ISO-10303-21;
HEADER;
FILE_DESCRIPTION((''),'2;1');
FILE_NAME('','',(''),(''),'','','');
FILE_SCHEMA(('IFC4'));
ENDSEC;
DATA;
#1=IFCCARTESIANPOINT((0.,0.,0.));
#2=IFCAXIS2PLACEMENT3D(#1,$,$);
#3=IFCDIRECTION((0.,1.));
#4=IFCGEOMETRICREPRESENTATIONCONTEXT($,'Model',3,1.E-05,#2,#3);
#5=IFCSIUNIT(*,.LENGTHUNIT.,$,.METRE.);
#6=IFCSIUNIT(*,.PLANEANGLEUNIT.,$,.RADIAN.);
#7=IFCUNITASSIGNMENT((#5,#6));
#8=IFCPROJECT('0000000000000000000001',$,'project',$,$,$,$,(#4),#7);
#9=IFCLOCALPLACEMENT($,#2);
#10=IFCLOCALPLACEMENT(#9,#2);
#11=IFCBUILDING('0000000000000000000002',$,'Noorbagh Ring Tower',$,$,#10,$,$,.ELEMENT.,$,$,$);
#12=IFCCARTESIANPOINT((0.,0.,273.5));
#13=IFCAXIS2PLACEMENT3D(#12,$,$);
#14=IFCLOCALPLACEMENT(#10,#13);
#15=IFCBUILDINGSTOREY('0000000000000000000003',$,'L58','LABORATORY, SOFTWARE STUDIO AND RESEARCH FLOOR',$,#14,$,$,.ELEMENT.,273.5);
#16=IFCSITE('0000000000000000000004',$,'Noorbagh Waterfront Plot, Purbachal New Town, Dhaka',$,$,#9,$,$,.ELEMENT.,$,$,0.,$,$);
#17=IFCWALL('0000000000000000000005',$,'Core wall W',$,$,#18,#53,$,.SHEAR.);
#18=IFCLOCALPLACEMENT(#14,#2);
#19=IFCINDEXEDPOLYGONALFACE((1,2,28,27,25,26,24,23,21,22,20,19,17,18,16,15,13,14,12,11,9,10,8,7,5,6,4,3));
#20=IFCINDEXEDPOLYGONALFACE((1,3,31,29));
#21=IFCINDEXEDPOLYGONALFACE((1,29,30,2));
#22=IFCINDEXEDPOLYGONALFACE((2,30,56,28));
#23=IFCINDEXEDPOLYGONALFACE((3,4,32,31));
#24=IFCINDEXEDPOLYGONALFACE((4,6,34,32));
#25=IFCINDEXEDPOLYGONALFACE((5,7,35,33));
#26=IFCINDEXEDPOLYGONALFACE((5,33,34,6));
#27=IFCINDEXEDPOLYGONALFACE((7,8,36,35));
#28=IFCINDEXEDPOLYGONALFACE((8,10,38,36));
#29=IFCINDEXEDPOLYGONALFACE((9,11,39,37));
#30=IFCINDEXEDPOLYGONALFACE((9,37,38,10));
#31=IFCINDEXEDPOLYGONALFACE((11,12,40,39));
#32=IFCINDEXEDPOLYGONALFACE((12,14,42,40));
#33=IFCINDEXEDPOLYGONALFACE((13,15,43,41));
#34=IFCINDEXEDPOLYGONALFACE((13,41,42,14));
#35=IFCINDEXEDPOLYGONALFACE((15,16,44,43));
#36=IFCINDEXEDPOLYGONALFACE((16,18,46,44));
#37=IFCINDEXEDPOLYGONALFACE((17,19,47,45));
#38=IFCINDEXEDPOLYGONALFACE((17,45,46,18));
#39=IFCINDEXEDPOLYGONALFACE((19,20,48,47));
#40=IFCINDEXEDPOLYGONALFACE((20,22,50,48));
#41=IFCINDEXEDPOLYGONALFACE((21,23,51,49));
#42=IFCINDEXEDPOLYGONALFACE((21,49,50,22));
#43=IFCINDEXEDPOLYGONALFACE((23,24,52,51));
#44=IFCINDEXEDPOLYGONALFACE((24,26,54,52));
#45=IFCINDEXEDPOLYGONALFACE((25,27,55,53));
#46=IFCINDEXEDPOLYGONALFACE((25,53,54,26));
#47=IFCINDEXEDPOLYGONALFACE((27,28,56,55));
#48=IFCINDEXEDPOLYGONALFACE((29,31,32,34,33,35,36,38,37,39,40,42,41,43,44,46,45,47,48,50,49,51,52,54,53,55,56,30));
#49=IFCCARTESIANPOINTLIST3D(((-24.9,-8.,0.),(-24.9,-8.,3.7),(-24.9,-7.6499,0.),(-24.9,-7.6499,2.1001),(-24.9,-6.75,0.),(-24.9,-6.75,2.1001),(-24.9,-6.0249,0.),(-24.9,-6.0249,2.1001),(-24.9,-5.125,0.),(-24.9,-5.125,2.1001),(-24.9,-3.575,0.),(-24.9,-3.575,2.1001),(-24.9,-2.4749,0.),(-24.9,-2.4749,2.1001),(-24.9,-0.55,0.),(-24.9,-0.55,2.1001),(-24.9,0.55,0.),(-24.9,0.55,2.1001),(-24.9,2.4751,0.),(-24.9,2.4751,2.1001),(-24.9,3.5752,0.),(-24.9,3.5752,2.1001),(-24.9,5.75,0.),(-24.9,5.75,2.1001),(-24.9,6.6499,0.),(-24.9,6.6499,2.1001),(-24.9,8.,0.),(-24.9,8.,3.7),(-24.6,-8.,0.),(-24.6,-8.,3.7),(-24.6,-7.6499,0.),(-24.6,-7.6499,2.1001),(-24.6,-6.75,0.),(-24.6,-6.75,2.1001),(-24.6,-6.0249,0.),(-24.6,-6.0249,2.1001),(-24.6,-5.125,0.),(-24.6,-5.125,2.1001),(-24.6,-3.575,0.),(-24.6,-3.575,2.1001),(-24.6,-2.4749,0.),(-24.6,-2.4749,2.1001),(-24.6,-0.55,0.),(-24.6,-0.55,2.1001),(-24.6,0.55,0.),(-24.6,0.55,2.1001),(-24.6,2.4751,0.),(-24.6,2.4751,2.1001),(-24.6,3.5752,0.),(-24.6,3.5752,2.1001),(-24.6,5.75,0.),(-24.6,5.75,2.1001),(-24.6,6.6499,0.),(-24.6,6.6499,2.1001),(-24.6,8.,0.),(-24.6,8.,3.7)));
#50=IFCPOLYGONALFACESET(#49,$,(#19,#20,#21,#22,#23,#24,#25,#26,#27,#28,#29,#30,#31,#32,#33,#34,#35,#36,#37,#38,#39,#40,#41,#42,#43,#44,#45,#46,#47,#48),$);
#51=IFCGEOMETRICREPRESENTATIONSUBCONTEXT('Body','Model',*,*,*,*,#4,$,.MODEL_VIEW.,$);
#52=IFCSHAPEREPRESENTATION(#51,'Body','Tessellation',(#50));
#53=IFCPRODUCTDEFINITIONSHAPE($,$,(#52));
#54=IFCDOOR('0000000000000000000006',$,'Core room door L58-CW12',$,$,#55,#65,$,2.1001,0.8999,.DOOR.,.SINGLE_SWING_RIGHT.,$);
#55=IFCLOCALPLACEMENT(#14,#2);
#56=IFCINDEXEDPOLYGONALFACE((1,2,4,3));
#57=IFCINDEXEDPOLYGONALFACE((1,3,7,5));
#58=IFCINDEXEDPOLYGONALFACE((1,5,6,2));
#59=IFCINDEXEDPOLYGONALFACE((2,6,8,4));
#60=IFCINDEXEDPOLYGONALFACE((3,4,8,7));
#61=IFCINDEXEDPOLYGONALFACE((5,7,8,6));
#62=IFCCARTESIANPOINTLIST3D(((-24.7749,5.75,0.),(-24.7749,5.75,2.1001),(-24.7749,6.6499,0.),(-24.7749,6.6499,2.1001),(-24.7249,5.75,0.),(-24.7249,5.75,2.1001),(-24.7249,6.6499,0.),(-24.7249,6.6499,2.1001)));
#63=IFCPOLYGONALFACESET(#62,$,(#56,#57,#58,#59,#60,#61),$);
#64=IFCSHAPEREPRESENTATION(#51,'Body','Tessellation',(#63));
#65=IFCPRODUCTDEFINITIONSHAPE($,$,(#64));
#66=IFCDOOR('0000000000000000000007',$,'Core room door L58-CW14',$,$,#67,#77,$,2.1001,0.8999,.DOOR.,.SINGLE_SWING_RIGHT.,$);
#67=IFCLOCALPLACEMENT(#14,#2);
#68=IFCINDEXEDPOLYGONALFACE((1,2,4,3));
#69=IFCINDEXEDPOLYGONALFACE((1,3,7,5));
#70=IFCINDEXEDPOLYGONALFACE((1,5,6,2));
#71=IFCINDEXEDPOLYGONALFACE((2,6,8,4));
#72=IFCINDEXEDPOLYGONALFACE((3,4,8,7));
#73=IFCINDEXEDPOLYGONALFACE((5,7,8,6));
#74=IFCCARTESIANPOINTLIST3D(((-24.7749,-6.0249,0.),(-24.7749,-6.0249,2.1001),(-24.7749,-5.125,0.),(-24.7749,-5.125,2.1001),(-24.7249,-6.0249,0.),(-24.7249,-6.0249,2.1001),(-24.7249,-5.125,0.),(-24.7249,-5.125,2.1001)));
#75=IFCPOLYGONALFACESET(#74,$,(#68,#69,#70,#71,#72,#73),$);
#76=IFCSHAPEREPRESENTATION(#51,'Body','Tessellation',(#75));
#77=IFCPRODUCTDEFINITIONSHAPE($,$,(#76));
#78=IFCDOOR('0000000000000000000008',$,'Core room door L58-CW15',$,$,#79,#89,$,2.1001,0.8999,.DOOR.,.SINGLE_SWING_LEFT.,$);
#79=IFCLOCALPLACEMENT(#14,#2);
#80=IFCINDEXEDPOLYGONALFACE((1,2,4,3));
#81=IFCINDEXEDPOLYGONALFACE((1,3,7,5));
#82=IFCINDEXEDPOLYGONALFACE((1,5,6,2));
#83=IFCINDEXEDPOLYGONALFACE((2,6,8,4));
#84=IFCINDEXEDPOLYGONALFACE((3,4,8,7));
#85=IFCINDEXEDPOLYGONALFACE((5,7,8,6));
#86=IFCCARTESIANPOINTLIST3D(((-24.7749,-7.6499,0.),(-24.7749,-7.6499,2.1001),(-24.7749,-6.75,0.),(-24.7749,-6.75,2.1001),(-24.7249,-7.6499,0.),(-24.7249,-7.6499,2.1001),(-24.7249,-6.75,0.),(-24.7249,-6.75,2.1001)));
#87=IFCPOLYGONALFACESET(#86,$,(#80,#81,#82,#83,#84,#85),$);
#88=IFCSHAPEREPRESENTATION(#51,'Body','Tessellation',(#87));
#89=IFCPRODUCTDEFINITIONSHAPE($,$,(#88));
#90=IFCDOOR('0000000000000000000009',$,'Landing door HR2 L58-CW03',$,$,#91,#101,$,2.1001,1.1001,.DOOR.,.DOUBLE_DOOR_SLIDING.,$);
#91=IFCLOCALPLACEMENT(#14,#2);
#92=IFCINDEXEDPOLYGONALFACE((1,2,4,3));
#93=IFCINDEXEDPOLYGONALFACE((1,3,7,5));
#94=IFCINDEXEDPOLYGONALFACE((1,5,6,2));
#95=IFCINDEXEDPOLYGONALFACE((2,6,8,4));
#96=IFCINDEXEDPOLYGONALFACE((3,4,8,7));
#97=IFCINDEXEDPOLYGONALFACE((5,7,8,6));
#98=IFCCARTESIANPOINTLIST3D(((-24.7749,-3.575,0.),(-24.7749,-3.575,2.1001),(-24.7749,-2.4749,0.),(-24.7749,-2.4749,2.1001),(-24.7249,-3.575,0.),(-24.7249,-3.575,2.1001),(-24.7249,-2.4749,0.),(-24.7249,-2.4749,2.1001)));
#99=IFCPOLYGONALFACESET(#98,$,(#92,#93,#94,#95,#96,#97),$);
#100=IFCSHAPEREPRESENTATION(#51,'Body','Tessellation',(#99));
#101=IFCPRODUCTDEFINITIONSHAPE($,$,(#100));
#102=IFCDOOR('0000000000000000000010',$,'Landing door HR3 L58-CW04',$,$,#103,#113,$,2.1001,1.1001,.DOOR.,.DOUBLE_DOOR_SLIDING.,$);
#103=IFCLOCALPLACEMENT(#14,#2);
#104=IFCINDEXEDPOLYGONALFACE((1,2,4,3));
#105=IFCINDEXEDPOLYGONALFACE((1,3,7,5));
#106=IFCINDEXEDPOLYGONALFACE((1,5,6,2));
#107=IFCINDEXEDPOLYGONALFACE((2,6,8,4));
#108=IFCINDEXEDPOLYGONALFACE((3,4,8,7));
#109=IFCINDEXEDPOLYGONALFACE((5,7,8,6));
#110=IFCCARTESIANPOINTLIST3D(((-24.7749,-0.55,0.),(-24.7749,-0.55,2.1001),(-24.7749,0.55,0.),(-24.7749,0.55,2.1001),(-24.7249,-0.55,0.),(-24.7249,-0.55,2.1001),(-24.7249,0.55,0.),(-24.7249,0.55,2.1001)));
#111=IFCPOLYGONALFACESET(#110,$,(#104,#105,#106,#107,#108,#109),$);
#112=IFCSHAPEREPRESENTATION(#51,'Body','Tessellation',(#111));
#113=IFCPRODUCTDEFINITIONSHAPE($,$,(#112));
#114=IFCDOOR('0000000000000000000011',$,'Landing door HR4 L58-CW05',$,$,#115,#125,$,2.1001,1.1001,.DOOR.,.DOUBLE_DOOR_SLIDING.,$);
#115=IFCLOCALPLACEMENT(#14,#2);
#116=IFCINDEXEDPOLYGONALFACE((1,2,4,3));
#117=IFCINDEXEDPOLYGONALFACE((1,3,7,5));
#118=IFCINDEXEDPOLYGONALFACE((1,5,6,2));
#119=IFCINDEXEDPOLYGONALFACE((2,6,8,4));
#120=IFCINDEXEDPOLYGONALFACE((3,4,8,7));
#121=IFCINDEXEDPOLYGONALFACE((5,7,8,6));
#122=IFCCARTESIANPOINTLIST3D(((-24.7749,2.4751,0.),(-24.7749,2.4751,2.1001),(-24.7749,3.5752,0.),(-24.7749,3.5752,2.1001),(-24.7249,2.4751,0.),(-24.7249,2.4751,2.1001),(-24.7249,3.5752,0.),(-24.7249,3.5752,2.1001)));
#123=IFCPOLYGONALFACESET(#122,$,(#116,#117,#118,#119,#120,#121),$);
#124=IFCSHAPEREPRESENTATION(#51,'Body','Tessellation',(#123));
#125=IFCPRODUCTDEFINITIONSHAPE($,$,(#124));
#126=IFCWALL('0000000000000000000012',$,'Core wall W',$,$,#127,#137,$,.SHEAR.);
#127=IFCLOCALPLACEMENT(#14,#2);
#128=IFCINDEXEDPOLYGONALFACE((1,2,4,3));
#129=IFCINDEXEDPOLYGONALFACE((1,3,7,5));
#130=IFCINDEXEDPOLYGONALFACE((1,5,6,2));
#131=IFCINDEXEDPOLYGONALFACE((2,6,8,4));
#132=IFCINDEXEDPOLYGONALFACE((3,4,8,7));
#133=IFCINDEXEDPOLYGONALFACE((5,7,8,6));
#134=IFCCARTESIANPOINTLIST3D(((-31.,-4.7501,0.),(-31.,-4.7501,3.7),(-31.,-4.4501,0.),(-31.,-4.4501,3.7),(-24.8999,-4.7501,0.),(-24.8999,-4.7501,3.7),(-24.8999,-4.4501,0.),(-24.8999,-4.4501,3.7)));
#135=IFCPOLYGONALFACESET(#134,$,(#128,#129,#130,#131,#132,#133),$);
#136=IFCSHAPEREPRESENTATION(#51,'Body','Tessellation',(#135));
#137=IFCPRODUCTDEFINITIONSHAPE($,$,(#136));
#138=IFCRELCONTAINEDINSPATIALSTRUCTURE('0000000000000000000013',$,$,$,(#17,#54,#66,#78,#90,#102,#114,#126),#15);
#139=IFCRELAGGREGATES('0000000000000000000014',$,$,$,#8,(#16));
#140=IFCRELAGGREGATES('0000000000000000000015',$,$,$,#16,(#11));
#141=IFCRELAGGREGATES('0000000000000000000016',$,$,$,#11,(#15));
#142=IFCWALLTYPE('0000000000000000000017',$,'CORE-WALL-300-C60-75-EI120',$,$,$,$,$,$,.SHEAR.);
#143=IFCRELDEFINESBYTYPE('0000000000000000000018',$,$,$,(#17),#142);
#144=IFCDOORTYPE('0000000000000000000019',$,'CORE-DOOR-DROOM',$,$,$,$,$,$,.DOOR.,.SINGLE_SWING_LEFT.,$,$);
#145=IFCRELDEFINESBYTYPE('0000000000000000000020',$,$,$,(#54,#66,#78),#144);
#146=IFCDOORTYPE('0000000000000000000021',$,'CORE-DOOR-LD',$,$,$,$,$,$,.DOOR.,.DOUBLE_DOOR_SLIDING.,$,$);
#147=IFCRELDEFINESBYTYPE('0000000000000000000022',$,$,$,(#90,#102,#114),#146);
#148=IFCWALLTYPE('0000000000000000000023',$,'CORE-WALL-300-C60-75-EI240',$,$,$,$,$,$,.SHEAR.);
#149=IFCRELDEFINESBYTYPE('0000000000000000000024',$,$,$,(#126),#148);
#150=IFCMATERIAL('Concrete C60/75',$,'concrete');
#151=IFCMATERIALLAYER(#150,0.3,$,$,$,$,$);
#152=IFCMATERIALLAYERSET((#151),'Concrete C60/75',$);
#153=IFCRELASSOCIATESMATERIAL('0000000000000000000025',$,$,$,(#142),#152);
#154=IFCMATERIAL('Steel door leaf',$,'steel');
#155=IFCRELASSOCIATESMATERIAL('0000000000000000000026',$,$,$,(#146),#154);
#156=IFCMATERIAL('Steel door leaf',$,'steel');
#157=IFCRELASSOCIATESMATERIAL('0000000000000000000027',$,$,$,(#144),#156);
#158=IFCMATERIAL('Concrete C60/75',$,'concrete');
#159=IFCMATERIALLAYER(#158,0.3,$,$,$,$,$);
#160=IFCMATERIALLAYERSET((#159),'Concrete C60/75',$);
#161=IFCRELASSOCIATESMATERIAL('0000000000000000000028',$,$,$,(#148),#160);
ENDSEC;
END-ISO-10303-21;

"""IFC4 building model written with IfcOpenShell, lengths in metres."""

from ifc_helpers import new_model, si_unit, direction, frame, frame_2d, origin, place, context, subcontext, project, spatial, rectangle, extrude, material, layer, layer_set, type_object, element, fill, save


model = new_model("IFC4")

# Units and contexts
model_context = context("Model", 3, precision=1e-05, world=origin(), true_north=direction((0.0, 1.0)))
body_context = subcontext(model_context, "Body", "Model", "MODEL_VIEW")
ifc_project = project(units=[si_unit("LENGTHUNIT", "METRE"), si_unit("PLANEANGLEUNIT", "RADIAN")], contexts=[model_context])

# Site, building, storey
site_placement = place(None, origin())
site = spatial("IfcSite", under=ifc_project, at=site_placement, Name="Noorbagh Waterfront Plot, Purbachal New Town, Dhaka", CompositionType="ELEMENT", RefElevation=0.0)
building_placement = place(site_placement, origin())
building = spatial("IfcBuilding", under=site, at=building_placement, Name="Noorbagh Ring Tower", CompositionType="ELEMENT")
storey_placement = place(building_placement, frame((0.0, 0.0, 273.5)))
storey = spatial("IfcBuildingStorey", under=building, at=storey_placement, Name="L58", Description="LABORATORY, SOFTWARE STUDIO AND RESEARCH FLOOR", CompositionType="ELEMENT", Elevation=273.5)

# Wall, openings, doors
ifc_material_1 = material(Name="Concrete C60/75", Category="concrete")
ifc_layer_1 = layer(ifc_material_1, 0.3)
ifc_layer_set_1 = layer_set([ifc_layer_1], Name="Concrete C60/75")
wall_type_1 = type_object("IfcWallType", Name="CORE-WALL-300-C60-75-EI120", PredefinedType="SHEAR", material=ifc_layer_set_1)
ifc_material_2 = material(Name="Steel door leaf", Category="steel")
door_type_1 = type_object("IfcDoorType", Name="CORE-DOOR-LD", OperationType="DOUBLE_DOOR_SLIDING", PredefinedType="DOOR", material=ifc_material_2)
wall_1_placement = place(storey_placement, frame((-24.75, -8.0, 0.0), z_axis=(0.0, 0.0, 1.0), x_axis=(0.0, 1.0, 0.0)))
wall_1 = element("IfcWall", 1, at=wall_1_placement, inside=storey, type_object=wall_type_1, Name="Core wall W", PredefinedType="SHEAR", context=body_context, shape_type="SweptSolid", body=[
    extrude(rectangle(XDim=16.0, YDim=0.3, at=frame_2d((8.0, 0.0))), origin(), (0.0, 0.0, 1.0), 3.7),
])
opening_1_placement = place(wall_1_placement, frame((4.425, 0.0, 0.0)))
opening_1 = element("IfcOpeningElement", 2, at=opening_1_placement, cuts=wall_1, PredefinedType="OPENING", context=body_context, shape_type="SweptSolid", body=[
    extrude(rectangle(XDim=1.1001, YDim=2.1001, at=frame_2d((0.55, 1.05))), frame((0.0, 0.1602, 0.0), z_axis=(0.0, -1.0, 0.0), x_axis=(1.0, 0.0, 0.0)), (0.0, 0.0, 1.0), 0.3201),
])
opening_2_placement = place(wall_1_placement, frame((7.45, 0.0, 0.0)))
opening_2 = element("IfcOpeningElement", 3, at=opening_2_placement, cuts=wall_1, PredefinedType="OPENING", context=body_context, shape_type="SweptSolid", body=[
    extrude(rectangle(XDim=1.1001, YDim=2.1001, at=frame_2d((0.55, 1.05))), frame((0.0, 0.1602, 0.0), z_axis=(0.0, -1.0, 0.0), x_axis=(1.0, 0.0, 0.0)), (0.0, 0.0, 1.0), 0.3201),
])
opening_3_placement = place(wall_1_placement, frame((10.4751, 0.0, 0.0)))
opening_3 = element("IfcOpeningElement", 4, at=opening_3_placement, cuts=wall_1, PredefinedType="OPENING", context=body_context, shape_type="SweptSolid", body=[
    extrude(rectangle(XDim=1.1001, YDim=2.1001, at=frame_2d((0.55, 1.05))), frame((0.0, 0.1602, 0.0), z_axis=(0.0, -1.0, 0.0), x_axis=(1.0, 0.0, 0.0)), (0.0, 0.0, 1.0), 0.3201),
])
opening_4_placement = place(wall_1_placement, frame((13.75, 0.0, 0.0)))
opening_4 = element("IfcOpeningElement", 5, at=opening_4_placement, cuts=wall_1, PredefinedType="OPENING", context=body_context, shape_type="SweptSolid", body=[
    extrude(rectangle(XDim=0.8999, YDim=2.1001, at=frame_2d((0.45, 1.05))), frame((0.0, 0.1602, 0.0), z_axis=(0.0, -1.0, 0.0), x_axis=(1.0, 0.0, 0.0)), (0.0, 0.0, 1.0), 0.3201),
])
opening_5_placement = place(wall_1_placement, frame((1.9751, 0.0, 0.0)))
opening_5 = element("IfcOpeningElement", 6, at=opening_5_placement, cuts=wall_1, PredefinedType="OPENING", context=body_context, shape_type="SweptSolid", body=[
    extrude(rectangle(XDim=0.8999, YDim=2.1001, at=frame_2d((0.45, 1.05))), frame((0.0, 0.1602, 0.0), z_axis=(0.0, -1.0, 0.0), x_axis=(1.0, 0.0, 0.0)), (0.0, 0.0, 1.0), 0.3201),
])
opening_6_placement = place(wall_1_placement, frame((0.3501, 0.0, 0.0)))
opening_6 = element("IfcOpeningElement", 7, at=opening_6_placement, cuts=wall_1, PredefinedType="OPENING", context=body_context, shape_type="SweptSolid", body=[
    extrude(rectangle(XDim=0.8999, YDim=2.1001, at=frame_2d((0.45, 1.05))), frame((0.0, 0.1602, 0.0), z_axis=(0.0, -1.0, 0.0), x_axis=(1.0, 0.0, 0.0)), (0.0, 0.0, 1.0), 0.3201),
])
ifc_material_3 = material(Name="Steel door leaf", Category="steel")
door_type_2 = type_object("IfcDoorType", Name="CORE-DOOR-DROOM", OperationType="SINGLE_SWING_LEFT", PredefinedType="DOOR", material=ifc_material_3)
door_1_placement = place(opening_4_placement, origin())
door_1 = element("IfcDoor", 8, at=door_1_placement, inside=storey, type_object=door_type_2, Name="Core room door L58-CW12", OperationType="SINGLE_SWING_RIGHT", OverallHeight=2.1001, OverallWidth=0.8999, PredefinedType="DOOR", context=body_context, shape_type="SweptSolid", body=[
    extrude(rectangle(XDim=0.8999, YDim=2.1001, at=frame_2d((0.45, 1.05))), frame((0.0, 0.0249, 0.0), z_axis=(0.0, -1.0, 0.0), x_axis=(1.0, 0.0, 0.0)), (0.0, 0.0, 1.0), 0.05),
])
fill(opening_4, door_1)
door_2_placement = place(opening_5_placement, origin())
door_2 = element("IfcDoor", 9, at=door_2_placement, inside=storey, type_object=door_type_2, Name="Core room door L58-CW14", OperationType="SINGLE_SWING_RIGHT", OverallHeight=2.1001, OverallWidth=0.8999, PredefinedType="DOOR", context=body_context, shape_type="SweptSolid", body=[
    extrude(rectangle(XDim=0.8999, YDim=2.1001, at=frame_2d((0.45, 1.05))), frame((0.0, 0.0249, 0.0), z_axis=(0.0, -1.0, 0.0), x_axis=(1.0, 0.0, 0.0)), (0.0, 0.0, 1.0), 0.05),
])
fill(opening_5, door_2)
door_3_placement = place(opening_6_placement, origin())
door_3 = element("IfcDoor", 10, at=door_3_placement, inside=storey, type_object=door_type_2, Name="Core room door L58-CW15", OperationType="SINGLE_SWING_LEFT", OverallHeight=2.1001, OverallWidth=0.8999, PredefinedType="DOOR", context=body_context, shape_type="SweptSolid", body=[
    extrude(rectangle(XDim=0.8999, YDim=2.1001, at=frame_2d((0.45, 1.05))), frame((0.0, 0.0249, 0.0), z_axis=(0.0, -1.0, 0.0), x_axis=(1.0, 0.0, 0.0)), (0.0, 0.0, 1.0), 0.05),
])
fill(opening_6, door_3)
door_4_placement = place(opening_1_placement, origin())
door_4 = element("IfcDoor", 11, at=door_4_placement, inside=storey, type_object=door_type_1, Name="Landing door HR2 L58-CW03", OperationType="DOUBLE_DOOR_SLIDING", OverallHeight=2.1001, OverallWidth=1.1001, PredefinedType="DOOR", context=body_context, shape_type="SweptSolid", body=[
    extrude(rectangle(XDim=1.1001, YDim=2.1001, at=frame_2d((0.55, 1.05))), frame((0.0, 0.0249, 0.0), z_axis=(0.0, -1.0, 0.0), x_axis=(1.0, 0.0, 0.0)), (0.0, 0.0, 1.0), 0.05),
])
fill(opening_1, door_4)
door_5_placement = place(opening_2_placement, origin())
door_5 = element("IfcDoor", 12, at=door_5_placement, inside=storey, type_object=door_type_1, Name="Landing door HR3 L58-CW04", OperationType="DOUBLE_DOOR_SLIDING", OverallHeight=2.1001, OverallWidth=1.1001, PredefinedType="DOOR", context=body_context, shape_type="SweptSolid", body=[
    extrude(rectangle(XDim=1.1001, YDim=2.1001, at=frame_2d((0.55, 1.05))), frame((0.0, 0.0249, 0.0), z_axis=(0.0, -1.0, 0.0), x_axis=(1.0, 0.0, 0.0)), (0.0, 0.0, 1.0), 0.05),
])
fill(opening_2, door_5)
door_6_placement = place(opening_3_placement, origin())
door_6 = element("IfcDoor", 13, at=door_6_placement, inside=storey, type_object=door_type_1, Name="Landing door HR4 L58-CW05", OperationType="DOUBLE_DOOR_SLIDING", OverallHeight=2.1001, OverallWidth=1.1001, PredefinedType="DOOR", context=body_context, shape_type="SweptSolid", body=[
    extrude(rectangle(XDim=1.1001, YDim=2.1001, at=frame_2d((0.55, 1.05))), frame((0.0, 0.0249, 0.0), z_axis=(0.0, -1.0, 0.0), x_axis=(1.0, 0.0, 0.0)), (0.0, 0.0, 1.0), 0.05),
])
fill(opening_3, door_6)

# Wall
ifc_material_4 = material(Name="Concrete C60/75", Category="concrete")
ifc_layer_2 = layer(ifc_material_4, 0.3)
ifc_layer_set_2 = layer_set([ifc_layer_2], Name="Concrete C60/75")
wall_type_2 = type_object("IfcWallType", Name="CORE-WALL-300-C60-75-EI240", PredefinedType="SHEAR", material=ifc_layer_set_2)
wall_2_placement = place(storey_placement, frame((-24.8999, -4.6001, 0.0), z_axis=(0.0, 0.0, 1.0), x_axis=(-1.0, 0.0, 0.0)))
element("IfcWall", 14, at=wall_2_placement, inside=storey, type_object=wall_type_2, Name="Core wall W", PredefinedType="SHEAR", context=body_context, shape_type="SweptSolid", body=[
    extrude(rectangle(XDim=6.1001, YDim=0.3, at=frame_2d((3.05, 0.0))), origin(), (0.0, 0.0, 1.0), 3.7),
])

save(model, "model.ifc")
